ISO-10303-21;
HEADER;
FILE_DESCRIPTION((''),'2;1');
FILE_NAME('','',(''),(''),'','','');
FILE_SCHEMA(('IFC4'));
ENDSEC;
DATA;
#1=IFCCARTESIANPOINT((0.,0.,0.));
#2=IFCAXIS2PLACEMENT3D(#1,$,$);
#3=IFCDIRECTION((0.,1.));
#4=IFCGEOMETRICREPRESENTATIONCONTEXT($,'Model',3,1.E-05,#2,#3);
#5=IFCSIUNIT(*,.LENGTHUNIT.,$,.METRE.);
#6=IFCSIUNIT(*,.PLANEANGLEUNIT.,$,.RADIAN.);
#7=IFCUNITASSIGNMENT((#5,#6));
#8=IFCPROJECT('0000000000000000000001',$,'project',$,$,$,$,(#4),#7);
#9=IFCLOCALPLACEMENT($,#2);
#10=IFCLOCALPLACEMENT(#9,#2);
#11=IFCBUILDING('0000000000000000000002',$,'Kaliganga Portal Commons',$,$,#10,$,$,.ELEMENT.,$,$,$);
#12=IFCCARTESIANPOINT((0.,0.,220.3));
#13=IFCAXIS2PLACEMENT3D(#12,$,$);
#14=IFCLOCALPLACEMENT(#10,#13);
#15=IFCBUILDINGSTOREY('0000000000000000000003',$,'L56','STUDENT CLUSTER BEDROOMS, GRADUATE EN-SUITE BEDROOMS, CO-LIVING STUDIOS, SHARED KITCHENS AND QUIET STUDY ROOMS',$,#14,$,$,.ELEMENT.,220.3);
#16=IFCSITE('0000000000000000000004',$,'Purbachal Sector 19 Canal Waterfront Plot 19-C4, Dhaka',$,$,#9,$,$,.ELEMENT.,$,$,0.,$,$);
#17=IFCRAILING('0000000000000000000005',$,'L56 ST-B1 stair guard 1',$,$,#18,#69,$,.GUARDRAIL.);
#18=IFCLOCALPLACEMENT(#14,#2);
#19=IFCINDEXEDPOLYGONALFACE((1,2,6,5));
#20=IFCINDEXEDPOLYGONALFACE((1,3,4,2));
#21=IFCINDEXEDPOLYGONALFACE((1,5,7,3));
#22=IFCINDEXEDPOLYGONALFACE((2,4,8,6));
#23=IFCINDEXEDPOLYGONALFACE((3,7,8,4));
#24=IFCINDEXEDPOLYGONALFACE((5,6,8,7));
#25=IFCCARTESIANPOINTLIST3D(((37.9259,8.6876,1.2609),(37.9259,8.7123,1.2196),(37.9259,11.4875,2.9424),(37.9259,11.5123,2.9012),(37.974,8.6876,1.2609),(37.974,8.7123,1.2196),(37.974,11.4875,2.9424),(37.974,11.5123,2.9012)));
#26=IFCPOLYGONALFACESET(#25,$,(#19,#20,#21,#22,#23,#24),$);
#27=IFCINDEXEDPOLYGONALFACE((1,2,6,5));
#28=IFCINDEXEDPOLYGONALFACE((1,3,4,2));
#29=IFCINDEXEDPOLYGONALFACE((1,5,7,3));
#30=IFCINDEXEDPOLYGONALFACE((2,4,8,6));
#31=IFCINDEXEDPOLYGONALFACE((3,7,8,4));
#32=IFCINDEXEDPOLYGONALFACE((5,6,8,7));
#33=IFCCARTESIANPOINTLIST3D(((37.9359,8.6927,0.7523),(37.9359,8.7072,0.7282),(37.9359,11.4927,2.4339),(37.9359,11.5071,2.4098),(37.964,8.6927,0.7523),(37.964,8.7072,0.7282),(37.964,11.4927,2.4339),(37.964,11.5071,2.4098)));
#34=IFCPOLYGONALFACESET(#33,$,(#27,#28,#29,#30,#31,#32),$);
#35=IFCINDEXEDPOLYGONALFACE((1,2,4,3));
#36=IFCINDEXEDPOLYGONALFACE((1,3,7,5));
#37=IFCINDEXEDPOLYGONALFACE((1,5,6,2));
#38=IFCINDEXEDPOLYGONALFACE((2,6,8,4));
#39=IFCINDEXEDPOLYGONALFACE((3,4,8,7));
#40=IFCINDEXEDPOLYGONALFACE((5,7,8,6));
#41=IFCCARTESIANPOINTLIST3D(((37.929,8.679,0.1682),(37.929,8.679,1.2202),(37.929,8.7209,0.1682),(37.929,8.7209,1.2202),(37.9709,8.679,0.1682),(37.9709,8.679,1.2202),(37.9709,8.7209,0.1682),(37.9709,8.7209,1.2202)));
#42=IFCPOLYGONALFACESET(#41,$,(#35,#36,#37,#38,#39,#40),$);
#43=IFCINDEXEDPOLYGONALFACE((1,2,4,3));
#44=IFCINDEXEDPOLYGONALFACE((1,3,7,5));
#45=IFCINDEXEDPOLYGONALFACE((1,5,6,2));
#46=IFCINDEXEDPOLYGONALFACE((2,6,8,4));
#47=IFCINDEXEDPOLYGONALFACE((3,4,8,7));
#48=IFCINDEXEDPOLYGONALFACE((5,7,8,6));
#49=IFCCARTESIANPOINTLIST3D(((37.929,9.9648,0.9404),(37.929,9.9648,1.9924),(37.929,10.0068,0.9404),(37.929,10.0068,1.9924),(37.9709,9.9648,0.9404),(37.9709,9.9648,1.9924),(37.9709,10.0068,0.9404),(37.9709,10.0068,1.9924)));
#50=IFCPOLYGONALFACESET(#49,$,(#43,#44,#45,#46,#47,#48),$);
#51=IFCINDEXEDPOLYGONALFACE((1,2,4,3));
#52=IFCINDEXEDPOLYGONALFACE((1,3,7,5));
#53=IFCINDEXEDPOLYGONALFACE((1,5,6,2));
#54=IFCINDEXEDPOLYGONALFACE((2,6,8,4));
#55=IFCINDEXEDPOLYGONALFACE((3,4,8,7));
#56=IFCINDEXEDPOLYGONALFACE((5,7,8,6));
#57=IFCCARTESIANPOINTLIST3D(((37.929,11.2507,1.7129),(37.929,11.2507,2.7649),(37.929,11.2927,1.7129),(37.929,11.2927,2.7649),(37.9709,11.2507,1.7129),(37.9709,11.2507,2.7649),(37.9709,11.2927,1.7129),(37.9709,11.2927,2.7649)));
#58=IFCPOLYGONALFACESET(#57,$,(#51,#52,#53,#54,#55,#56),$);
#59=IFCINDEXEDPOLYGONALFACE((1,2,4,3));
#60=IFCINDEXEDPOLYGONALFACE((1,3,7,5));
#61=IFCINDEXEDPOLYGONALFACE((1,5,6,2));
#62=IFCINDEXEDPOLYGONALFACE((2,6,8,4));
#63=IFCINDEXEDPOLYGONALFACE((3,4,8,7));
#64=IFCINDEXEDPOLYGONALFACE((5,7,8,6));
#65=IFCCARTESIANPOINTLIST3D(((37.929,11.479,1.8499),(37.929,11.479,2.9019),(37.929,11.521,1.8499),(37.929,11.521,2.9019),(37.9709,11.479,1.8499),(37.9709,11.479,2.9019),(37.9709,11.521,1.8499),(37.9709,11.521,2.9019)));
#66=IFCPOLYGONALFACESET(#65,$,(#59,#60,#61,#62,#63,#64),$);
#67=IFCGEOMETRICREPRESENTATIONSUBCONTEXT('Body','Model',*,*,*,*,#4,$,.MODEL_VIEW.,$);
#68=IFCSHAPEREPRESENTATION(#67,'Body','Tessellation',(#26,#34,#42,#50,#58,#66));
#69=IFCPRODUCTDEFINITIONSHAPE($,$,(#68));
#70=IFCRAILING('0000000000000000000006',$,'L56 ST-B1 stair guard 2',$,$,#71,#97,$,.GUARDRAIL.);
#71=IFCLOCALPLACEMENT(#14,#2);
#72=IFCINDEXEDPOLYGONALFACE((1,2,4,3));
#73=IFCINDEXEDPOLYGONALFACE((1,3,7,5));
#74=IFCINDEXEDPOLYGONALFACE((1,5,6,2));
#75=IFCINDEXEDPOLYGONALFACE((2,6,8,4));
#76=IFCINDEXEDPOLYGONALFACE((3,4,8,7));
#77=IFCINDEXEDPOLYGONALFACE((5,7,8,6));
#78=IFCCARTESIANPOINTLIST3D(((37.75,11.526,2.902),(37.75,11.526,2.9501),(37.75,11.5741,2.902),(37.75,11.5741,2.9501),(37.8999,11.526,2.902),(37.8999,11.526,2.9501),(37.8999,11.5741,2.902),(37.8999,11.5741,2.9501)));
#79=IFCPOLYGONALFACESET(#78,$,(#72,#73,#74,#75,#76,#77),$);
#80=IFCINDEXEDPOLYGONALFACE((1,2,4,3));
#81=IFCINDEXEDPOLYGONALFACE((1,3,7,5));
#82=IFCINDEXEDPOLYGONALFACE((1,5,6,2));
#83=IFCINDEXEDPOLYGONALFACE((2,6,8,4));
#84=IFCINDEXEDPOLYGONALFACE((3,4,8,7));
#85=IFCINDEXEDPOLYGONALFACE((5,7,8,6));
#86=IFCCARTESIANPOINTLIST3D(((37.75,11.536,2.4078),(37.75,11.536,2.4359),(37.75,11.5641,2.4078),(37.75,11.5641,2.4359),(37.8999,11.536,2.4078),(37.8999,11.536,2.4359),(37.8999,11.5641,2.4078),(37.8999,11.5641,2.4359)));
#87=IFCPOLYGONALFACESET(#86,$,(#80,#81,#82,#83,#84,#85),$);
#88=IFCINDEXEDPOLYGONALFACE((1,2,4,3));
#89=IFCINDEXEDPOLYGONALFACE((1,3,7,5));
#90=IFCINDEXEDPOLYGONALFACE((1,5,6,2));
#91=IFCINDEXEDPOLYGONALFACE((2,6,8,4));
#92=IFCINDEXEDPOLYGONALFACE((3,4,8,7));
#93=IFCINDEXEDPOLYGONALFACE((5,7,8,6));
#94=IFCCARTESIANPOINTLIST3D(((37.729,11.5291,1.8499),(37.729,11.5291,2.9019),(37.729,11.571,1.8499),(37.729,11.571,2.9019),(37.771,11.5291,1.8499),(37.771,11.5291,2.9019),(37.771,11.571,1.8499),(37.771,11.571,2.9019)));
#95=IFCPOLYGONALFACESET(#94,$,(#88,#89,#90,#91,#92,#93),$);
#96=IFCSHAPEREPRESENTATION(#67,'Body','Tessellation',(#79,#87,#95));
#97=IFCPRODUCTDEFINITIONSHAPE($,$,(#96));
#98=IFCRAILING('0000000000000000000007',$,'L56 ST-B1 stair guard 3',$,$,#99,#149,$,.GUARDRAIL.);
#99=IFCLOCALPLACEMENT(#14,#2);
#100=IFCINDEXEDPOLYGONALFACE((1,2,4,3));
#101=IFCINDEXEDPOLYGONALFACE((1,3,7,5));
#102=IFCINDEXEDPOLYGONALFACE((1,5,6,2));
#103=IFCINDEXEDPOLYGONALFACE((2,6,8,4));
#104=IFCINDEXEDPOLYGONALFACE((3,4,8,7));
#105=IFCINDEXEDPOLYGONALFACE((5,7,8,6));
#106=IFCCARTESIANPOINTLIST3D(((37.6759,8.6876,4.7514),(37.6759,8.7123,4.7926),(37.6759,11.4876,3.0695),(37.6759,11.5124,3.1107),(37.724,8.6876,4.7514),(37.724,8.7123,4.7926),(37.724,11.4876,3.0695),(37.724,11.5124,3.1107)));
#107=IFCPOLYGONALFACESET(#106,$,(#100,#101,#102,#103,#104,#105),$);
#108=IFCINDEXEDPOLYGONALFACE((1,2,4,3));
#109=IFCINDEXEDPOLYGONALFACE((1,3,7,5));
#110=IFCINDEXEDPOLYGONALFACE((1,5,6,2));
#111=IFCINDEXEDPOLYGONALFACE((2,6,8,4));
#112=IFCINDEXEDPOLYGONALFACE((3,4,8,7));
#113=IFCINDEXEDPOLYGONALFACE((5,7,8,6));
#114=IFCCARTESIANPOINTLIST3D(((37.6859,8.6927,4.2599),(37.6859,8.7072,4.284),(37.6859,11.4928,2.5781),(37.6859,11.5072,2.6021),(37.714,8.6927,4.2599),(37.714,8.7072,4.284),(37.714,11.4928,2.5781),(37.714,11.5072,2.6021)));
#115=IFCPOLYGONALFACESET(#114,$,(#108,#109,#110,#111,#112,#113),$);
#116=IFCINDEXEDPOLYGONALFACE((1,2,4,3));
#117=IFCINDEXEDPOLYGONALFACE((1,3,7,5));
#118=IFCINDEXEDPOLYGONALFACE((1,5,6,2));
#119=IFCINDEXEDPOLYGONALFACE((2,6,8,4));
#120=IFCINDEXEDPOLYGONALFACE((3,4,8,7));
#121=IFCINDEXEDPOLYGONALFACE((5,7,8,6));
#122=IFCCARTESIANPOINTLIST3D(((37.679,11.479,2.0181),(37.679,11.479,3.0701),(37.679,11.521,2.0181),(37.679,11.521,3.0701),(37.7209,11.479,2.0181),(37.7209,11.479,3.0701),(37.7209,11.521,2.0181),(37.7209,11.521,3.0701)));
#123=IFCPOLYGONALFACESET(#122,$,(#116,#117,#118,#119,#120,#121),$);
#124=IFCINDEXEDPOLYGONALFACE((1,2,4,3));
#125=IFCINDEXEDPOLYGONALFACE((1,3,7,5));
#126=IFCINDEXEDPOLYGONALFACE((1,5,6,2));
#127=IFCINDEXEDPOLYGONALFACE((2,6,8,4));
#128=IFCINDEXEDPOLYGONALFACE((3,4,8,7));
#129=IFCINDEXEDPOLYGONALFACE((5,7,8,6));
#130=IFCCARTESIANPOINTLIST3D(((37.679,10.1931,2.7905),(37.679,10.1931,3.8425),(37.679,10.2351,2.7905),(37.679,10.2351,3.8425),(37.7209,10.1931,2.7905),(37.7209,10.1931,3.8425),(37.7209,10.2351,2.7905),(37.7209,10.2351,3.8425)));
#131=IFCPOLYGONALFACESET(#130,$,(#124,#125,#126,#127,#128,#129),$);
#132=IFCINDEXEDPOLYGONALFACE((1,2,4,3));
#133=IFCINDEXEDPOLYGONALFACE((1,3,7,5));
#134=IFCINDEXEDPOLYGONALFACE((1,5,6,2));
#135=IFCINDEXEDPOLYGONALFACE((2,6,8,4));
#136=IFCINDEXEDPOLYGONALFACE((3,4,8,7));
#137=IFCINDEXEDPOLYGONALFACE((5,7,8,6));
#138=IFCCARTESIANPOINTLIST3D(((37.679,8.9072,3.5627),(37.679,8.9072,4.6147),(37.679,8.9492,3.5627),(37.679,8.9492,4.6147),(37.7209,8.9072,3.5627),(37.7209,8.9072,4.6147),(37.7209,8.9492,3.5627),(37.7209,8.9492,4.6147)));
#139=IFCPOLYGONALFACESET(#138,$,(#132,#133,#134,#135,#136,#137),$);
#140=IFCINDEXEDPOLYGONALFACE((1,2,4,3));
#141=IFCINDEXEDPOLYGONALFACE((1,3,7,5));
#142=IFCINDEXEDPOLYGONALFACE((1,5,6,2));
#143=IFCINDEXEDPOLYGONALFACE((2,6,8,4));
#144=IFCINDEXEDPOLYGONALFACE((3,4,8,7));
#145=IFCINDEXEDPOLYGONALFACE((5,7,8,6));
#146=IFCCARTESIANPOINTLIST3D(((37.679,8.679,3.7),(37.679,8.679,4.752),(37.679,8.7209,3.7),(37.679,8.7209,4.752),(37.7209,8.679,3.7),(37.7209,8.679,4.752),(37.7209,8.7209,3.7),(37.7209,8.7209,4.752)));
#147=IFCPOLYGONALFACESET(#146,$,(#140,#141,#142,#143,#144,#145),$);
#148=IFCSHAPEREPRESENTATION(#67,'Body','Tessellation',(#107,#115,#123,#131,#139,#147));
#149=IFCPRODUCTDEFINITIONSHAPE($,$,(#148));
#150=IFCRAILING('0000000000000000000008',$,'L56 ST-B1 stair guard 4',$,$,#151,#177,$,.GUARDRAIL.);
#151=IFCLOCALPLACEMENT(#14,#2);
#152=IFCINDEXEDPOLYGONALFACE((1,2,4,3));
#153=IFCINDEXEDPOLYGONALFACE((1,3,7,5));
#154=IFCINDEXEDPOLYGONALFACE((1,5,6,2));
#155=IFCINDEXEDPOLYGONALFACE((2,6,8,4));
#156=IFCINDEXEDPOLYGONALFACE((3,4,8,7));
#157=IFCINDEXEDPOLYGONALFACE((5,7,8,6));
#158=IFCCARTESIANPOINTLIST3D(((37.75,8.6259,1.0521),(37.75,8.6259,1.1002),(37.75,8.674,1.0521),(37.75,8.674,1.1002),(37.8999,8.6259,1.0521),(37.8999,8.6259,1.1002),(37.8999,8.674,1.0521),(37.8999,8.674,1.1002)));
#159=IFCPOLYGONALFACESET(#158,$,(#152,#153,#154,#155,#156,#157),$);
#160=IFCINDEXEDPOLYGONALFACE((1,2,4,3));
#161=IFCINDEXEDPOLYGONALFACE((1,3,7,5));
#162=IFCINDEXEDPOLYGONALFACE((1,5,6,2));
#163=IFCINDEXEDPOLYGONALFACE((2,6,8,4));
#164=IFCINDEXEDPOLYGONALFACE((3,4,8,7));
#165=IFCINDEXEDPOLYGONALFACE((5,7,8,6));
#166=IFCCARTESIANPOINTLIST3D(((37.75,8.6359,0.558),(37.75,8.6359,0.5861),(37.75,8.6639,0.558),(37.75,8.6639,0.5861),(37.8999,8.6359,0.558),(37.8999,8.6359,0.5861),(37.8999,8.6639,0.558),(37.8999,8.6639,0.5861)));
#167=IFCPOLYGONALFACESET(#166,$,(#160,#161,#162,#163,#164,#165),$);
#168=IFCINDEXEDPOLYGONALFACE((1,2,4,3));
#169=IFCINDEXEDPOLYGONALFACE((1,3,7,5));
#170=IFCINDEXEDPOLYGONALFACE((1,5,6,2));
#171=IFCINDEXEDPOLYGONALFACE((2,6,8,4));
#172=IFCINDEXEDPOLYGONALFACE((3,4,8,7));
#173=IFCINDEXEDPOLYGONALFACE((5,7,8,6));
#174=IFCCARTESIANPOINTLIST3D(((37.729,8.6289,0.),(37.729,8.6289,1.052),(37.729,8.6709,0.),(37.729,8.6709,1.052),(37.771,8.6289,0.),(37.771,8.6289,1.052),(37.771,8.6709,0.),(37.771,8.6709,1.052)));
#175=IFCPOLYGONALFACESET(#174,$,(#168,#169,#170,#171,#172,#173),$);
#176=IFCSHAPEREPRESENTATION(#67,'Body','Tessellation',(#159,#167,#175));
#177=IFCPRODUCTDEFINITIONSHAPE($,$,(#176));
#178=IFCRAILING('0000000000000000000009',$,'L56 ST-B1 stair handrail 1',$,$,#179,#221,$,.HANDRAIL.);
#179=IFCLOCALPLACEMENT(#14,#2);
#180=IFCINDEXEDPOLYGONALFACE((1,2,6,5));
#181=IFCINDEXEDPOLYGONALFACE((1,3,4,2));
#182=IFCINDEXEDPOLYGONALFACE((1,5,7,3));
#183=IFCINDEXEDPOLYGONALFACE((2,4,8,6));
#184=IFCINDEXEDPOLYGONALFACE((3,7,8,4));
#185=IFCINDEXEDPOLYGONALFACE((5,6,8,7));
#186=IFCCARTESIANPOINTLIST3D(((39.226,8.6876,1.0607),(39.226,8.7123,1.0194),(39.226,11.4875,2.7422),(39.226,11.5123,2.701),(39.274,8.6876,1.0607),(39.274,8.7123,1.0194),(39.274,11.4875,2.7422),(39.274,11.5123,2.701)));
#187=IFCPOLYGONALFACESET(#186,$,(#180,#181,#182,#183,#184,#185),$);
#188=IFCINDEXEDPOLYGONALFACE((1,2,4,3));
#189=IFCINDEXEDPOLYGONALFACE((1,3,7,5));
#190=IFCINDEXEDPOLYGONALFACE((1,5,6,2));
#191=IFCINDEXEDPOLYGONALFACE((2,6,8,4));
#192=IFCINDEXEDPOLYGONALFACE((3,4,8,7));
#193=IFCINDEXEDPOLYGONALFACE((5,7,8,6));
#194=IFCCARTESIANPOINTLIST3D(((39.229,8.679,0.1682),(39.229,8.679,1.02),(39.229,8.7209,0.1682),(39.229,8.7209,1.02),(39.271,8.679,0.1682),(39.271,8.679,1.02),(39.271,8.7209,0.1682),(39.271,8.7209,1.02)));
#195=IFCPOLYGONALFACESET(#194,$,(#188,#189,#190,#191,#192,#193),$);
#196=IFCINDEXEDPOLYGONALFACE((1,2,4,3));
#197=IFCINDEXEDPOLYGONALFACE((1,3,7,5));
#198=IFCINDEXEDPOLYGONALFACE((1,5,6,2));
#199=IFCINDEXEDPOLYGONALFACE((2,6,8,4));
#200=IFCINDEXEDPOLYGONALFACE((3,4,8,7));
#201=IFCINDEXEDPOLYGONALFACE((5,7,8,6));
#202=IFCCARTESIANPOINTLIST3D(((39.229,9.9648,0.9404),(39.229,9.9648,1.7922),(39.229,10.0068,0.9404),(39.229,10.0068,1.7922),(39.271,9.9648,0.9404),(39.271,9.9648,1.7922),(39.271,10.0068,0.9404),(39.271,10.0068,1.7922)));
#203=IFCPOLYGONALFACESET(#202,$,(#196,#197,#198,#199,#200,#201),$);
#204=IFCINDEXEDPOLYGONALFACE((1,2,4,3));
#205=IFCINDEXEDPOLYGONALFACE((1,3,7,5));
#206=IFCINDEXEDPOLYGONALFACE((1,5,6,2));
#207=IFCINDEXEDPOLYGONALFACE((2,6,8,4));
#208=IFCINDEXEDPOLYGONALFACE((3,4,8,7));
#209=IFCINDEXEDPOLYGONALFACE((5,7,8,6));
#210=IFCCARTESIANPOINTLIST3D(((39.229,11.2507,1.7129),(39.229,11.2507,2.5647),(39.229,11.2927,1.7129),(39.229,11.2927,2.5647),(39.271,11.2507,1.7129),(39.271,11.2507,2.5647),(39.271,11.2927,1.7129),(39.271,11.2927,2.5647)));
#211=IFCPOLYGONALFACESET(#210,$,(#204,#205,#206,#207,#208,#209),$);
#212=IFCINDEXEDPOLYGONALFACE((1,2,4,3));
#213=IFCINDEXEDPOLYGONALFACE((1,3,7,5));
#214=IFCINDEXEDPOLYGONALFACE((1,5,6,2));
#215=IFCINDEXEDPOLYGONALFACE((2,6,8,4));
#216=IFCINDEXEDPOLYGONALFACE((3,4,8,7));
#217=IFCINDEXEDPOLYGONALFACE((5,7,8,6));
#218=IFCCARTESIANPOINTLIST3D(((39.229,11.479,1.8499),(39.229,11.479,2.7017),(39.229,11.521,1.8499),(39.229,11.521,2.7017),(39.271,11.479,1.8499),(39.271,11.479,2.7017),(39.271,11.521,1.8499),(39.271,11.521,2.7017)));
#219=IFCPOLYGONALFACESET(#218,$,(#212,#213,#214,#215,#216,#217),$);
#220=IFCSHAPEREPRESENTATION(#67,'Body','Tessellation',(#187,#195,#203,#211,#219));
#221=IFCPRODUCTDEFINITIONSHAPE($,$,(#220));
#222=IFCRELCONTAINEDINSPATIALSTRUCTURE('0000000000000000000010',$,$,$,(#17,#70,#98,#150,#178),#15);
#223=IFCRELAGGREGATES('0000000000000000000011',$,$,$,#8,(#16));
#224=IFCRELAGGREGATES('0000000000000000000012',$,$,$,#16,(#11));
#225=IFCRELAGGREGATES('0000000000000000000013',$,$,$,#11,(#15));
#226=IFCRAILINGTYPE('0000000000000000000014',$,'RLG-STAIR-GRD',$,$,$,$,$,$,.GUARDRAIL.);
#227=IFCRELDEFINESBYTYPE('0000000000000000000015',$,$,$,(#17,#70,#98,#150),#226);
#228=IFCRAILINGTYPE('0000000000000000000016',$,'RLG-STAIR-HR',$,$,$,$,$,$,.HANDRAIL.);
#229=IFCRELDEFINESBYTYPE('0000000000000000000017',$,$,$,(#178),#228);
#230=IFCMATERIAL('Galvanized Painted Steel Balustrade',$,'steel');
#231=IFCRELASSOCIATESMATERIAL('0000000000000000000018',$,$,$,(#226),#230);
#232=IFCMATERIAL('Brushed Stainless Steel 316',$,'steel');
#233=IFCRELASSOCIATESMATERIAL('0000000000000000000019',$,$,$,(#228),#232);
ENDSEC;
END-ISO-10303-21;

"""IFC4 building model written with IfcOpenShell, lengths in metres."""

from ifc_helpers import new_model, si_unit, direction, frame, origin, origin_2d, place, context, subcontext, project, spatial, rectangle, extrude, material, type_object, element, save


model = new_model("IFC4")

# Units and contexts
model_context = context("Model", 3, precision=1e-05, world=origin(), true_north=direction((0.0, 1.0)))
body_context = subcontext(model_context, "Body", "Model", "MODEL_VIEW")
ifc_project = project(units=[si_unit("LENGTHUNIT", "METRE"), si_unit("PLANEANGLEUNIT", "RADIAN")], contexts=[model_context])

# Site, building, storey
site_placement = place(None, origin())
site = spatial("IfcSite", under=ifc_project, at=site_placement, Name="Purbachal Sector 19 Canal Waterfront Plot 19-C4, Dhaka", CompositionType="ELEMENT", RefElevation=0.0)
building_placement = place(site_placement, origin())
building = spatial("IfcBuilding", under=site, at=building_placement, Name="Kaliganga Portal Commons", CompositionType="ELEMENT")
storey_placement = place(building_placement, frame((0.0, 0.0, 220.3)))
storey = spatial("IfcBuildingStorey", under=building, at=storey_placement, Name="L56", Description="STUDENT CLUSTER BEDROOMS, GRADUATE EN-SUITE BEDROOMS, CO-LIVING STUDIOS, SHARED KITCHENS AND QUIET STUDY ROOMS", CompositionType="ELEMENT", Elevation=220.3)

# Railings
ifc_material_1 = material(Name="Galvanized Painted Steel Balustrade", Category="steel")
railing_type_1 = type_object("IfcRailingType", Name="RLG-STAIR-GRD", PredefinedType="GUARDRAIL", material=ifc_material_1)
railing_1_placement = place(storey_placement, frame((37.95, 8.7, 0.1682)))
element("IfcRailing", 1, at=railing_1_placement, inside=storey, type_object=railing_type_1, Name="L56 ST-B1 stair guard 1", PredefinedType="GUARDRAIL", context=body_context, shape_type="SweptSolid", body=[
    extrude(rectangle(XDim=0.0481, YDim=0.0481, at=origin_2d()), frame((0.0, 0.0, 1.072), z_axis=(0.0, 0.857275, 0.514858), x_axis=(-1.0, 0.0, 0.0)), (0.0, 0.0, 1.0), 3.2661),
    extrude(rectangle(XDim=0.0281, YDim=0.0281, at=origin_2d()), frame((0.0, 0.0, 0.572), z_axis=(0.0, 0.857275, 0.514858), x_axis=(-1.0, 0.0, 0.0)), (0.0, 0.0, 1.0), 3.2661),
    extrude(rectangle(XDim=0.042, YDim=0.042, at=origin_2d()), origin(), (0.0, 0.0, 1.0), 1.052),
    extrude(rectangle(XDim=0.042, YDim=0.042, at=origin_2d()), frame((0.0, 1.2859, 0.7722)), (0.0, 0.0, 1.0), 1.052),
    extrude(rectangle(XDim=0.042, YDim=0.042, at=origin_2d()), frame((0.0, 2.5718, 1.5447)), (0.0, 0.0, 1.0), 1.052),
    extrude(rectangle(XDim=0.042, YDim=0.042, at=origin_2d()), frame((0.0, 2.8, 1.6816)), (0.0, 0.0, 1.0), 1.052),
])
railing_2_placement = place(storey_placement, frame((37.8999, 11.55, 1.8499)))
element("IfcRailing", 2, at=railing_2_placement, inside=storey, type_object=railing_type_1, Name="L56 ST-B1 stair guard 2", PredefinedType="GUARDRAIL", context=body_context, shape_type="SweptSolid", body=[
    extrude(rectangle(XDim=0.0481, YDim=0.0481, at=origin_2d()), frame((0.0, 0.0, 1.0762), z_axis=(-1.0, 0.0, 0.0), x_axis=(0.0, -1.0, 0.0)), (0.0, 0.0, 1.0), 0.1499),
    extrude(rectangle(XDim=0.0281, YDim=0.0281, at=origin_2d()), frame((0.0, 0.0, 0.572), z_axis=(-1.0, 0.0, 0.0), x_axis=(0.0, -1.0, 0.0)), (0.0, 0.0, 1.0), 0.1499),
    extrude(rectangle(XDim=0.042, YDim=0.042, at=origin_2d()), frame((-0.1499, 0.0, 0.0)), (0.0, 0.0, 1.0), 1.052),
])
railing_3_placement = place(storey_placement, frame((37.7, 11.5, 2.0181)))
element("IfcRailing", 3, at=railing_3_placement, inside=storey, type_object=railing_type_1, Name="L56 ST-B1 stair guard 3", PredefinedType="GUARDRAIL", context=body_context, shape_type="SweptSolid", body=[
    extrude(rectangle(XDim=0.0481, YDim=0.0481, at=origin_2d()), frame((0.0, 0.0, 1.072), z_axis=(0.0, -0.857242, 0.514913), x_axis=(1.0, 0.0, 0.0)), (0.0, 0.0, 1.0), 3.2664),
    extrude(rectangle(XDim=0.0281, YDim=0.0281, at=origin_2d()), frame((0.0, 0.0, 0.572), z_axis=(0.0, -0.857242, 0.514913), x_axis=(1.0, 0.0, 0.0)), (0.0, 0.0, 1.0), 3.2664),
    extrude(rectangle(XDim=0.042, YDim=0.042, at=origin_2d()), origin(), (0.0, 0.0, 1.0), 1.052),
    extrude(rectangle(XDim=0.042, YDim=0.042, at=origin_2d()), frame((0.0, -1.2859, 0.7725)), (0.0, 0.0, 1.0), 1.052),
    extrude(rectangle(XDim=0.042, YDim=0.042, at=origin_2d()), frame((0.0, -2.5718, 1.5447)), (0.0, 0.0, 1.0), 1.052),
    extrude(rectangle(XDim=0.042, YDim=0.042, at=origin_2d()), frame((0.0, -2.8, 1.6819)), (0.0, 0.0, 1.0), 1.052),
])
railing_4_placement = place(storey_placement, frame((37.8999, 8.6499, 0.0)))
element("IfcRailing", 4, at=railing_4_placement, inside=storey, type_object=railing_type_1, Name="L56 ST-B1 stair guard 4", PredefinedType="GUARDRAIL", context=body_context, shape_type="SweptSolid", body=[
    extrude(rectangle(XDim=0.0481, YDim=0.0481, at=origin_2d()), frame((0.0, 0.0, 1.0762), z_axis=(-1.0, 0.0, 0.0), x_axis=(0.0, -1.0, 0.0)), (0.0, 0.0, 1.0), 0.1499),
    extrude(rectangle(XDim=0.0281, YDim=0.0281, at=origin_2d()), frame((0.0, 0.0, 0.572), z_axis=(-1.0, 0.0, 0.0), x_axis=(0.0, -1.0, 0.0)), (0.0, 0.0, 1.0), 0.1499),
    extrude(rectangle(XDim=0.042, YDim=0.042, at=origin_2d()), frame((-0.1499, 0.0, 0.0)), (0.0, 0.0, 1.0), 1.052),
])
ifc_material_2 = material(Name="Brushed Stainless Steel 316", Category="steel")
railing_type_2 = type_object("IfcRailingType", Name="RLG-STAIR-HR", PredefinedType="HANDRAIL", material=ifc_material_2)
railing_5_placement = place(storey_placement, frame((39.25, 8.7, 0.1682)))
element("IfcRailing", 5, at=railing_5_placement, inside=storey, type_object=railing_type_2, Name="L56 ST-B1 stair handrail 1", PredefinedType="HANDRAIL", context=body_context, shape_type="SweptSolid", body=[
    extrude(rectangle(XDim=0.0481, YDim=0.0481, at=origin_2d()), frame((0.0, 0.0, 0.8718), z_axis=(0.0, 0.857275, 0.514858), x_axis=(-1.0, 0.0, 0.0)), (0.0, 0.0, 1.0), 3.2661),
    extrude(rectangle(XDim=0.042, YDim=0.042, at=origin_2d()), origin(), (0.0, 0.0, 1.0), 0.8518),
    extrude(rectangle(XDim=0.042, YDim=0.042, at=origin_2d()), frame((0.0, 1.2859, 0.7722)), (0.0, 0.0, 1.0), 0.8518),
    extrude(rectangle(XDim=0.042, YDim=0.042, at=origin_2d()), frame((0.0, 2.5718, 1.5447)), (0.0, 0.0, 1.0), 0.8518),
    extrude(rectangle(XDim=0.042, YDim=0.042, at=origin_2d()), frame((0.0, 2.8, 1.6816)), (0.0, 0.0, 1.0), 0.8518),
])

save(model, "model.ifc")
